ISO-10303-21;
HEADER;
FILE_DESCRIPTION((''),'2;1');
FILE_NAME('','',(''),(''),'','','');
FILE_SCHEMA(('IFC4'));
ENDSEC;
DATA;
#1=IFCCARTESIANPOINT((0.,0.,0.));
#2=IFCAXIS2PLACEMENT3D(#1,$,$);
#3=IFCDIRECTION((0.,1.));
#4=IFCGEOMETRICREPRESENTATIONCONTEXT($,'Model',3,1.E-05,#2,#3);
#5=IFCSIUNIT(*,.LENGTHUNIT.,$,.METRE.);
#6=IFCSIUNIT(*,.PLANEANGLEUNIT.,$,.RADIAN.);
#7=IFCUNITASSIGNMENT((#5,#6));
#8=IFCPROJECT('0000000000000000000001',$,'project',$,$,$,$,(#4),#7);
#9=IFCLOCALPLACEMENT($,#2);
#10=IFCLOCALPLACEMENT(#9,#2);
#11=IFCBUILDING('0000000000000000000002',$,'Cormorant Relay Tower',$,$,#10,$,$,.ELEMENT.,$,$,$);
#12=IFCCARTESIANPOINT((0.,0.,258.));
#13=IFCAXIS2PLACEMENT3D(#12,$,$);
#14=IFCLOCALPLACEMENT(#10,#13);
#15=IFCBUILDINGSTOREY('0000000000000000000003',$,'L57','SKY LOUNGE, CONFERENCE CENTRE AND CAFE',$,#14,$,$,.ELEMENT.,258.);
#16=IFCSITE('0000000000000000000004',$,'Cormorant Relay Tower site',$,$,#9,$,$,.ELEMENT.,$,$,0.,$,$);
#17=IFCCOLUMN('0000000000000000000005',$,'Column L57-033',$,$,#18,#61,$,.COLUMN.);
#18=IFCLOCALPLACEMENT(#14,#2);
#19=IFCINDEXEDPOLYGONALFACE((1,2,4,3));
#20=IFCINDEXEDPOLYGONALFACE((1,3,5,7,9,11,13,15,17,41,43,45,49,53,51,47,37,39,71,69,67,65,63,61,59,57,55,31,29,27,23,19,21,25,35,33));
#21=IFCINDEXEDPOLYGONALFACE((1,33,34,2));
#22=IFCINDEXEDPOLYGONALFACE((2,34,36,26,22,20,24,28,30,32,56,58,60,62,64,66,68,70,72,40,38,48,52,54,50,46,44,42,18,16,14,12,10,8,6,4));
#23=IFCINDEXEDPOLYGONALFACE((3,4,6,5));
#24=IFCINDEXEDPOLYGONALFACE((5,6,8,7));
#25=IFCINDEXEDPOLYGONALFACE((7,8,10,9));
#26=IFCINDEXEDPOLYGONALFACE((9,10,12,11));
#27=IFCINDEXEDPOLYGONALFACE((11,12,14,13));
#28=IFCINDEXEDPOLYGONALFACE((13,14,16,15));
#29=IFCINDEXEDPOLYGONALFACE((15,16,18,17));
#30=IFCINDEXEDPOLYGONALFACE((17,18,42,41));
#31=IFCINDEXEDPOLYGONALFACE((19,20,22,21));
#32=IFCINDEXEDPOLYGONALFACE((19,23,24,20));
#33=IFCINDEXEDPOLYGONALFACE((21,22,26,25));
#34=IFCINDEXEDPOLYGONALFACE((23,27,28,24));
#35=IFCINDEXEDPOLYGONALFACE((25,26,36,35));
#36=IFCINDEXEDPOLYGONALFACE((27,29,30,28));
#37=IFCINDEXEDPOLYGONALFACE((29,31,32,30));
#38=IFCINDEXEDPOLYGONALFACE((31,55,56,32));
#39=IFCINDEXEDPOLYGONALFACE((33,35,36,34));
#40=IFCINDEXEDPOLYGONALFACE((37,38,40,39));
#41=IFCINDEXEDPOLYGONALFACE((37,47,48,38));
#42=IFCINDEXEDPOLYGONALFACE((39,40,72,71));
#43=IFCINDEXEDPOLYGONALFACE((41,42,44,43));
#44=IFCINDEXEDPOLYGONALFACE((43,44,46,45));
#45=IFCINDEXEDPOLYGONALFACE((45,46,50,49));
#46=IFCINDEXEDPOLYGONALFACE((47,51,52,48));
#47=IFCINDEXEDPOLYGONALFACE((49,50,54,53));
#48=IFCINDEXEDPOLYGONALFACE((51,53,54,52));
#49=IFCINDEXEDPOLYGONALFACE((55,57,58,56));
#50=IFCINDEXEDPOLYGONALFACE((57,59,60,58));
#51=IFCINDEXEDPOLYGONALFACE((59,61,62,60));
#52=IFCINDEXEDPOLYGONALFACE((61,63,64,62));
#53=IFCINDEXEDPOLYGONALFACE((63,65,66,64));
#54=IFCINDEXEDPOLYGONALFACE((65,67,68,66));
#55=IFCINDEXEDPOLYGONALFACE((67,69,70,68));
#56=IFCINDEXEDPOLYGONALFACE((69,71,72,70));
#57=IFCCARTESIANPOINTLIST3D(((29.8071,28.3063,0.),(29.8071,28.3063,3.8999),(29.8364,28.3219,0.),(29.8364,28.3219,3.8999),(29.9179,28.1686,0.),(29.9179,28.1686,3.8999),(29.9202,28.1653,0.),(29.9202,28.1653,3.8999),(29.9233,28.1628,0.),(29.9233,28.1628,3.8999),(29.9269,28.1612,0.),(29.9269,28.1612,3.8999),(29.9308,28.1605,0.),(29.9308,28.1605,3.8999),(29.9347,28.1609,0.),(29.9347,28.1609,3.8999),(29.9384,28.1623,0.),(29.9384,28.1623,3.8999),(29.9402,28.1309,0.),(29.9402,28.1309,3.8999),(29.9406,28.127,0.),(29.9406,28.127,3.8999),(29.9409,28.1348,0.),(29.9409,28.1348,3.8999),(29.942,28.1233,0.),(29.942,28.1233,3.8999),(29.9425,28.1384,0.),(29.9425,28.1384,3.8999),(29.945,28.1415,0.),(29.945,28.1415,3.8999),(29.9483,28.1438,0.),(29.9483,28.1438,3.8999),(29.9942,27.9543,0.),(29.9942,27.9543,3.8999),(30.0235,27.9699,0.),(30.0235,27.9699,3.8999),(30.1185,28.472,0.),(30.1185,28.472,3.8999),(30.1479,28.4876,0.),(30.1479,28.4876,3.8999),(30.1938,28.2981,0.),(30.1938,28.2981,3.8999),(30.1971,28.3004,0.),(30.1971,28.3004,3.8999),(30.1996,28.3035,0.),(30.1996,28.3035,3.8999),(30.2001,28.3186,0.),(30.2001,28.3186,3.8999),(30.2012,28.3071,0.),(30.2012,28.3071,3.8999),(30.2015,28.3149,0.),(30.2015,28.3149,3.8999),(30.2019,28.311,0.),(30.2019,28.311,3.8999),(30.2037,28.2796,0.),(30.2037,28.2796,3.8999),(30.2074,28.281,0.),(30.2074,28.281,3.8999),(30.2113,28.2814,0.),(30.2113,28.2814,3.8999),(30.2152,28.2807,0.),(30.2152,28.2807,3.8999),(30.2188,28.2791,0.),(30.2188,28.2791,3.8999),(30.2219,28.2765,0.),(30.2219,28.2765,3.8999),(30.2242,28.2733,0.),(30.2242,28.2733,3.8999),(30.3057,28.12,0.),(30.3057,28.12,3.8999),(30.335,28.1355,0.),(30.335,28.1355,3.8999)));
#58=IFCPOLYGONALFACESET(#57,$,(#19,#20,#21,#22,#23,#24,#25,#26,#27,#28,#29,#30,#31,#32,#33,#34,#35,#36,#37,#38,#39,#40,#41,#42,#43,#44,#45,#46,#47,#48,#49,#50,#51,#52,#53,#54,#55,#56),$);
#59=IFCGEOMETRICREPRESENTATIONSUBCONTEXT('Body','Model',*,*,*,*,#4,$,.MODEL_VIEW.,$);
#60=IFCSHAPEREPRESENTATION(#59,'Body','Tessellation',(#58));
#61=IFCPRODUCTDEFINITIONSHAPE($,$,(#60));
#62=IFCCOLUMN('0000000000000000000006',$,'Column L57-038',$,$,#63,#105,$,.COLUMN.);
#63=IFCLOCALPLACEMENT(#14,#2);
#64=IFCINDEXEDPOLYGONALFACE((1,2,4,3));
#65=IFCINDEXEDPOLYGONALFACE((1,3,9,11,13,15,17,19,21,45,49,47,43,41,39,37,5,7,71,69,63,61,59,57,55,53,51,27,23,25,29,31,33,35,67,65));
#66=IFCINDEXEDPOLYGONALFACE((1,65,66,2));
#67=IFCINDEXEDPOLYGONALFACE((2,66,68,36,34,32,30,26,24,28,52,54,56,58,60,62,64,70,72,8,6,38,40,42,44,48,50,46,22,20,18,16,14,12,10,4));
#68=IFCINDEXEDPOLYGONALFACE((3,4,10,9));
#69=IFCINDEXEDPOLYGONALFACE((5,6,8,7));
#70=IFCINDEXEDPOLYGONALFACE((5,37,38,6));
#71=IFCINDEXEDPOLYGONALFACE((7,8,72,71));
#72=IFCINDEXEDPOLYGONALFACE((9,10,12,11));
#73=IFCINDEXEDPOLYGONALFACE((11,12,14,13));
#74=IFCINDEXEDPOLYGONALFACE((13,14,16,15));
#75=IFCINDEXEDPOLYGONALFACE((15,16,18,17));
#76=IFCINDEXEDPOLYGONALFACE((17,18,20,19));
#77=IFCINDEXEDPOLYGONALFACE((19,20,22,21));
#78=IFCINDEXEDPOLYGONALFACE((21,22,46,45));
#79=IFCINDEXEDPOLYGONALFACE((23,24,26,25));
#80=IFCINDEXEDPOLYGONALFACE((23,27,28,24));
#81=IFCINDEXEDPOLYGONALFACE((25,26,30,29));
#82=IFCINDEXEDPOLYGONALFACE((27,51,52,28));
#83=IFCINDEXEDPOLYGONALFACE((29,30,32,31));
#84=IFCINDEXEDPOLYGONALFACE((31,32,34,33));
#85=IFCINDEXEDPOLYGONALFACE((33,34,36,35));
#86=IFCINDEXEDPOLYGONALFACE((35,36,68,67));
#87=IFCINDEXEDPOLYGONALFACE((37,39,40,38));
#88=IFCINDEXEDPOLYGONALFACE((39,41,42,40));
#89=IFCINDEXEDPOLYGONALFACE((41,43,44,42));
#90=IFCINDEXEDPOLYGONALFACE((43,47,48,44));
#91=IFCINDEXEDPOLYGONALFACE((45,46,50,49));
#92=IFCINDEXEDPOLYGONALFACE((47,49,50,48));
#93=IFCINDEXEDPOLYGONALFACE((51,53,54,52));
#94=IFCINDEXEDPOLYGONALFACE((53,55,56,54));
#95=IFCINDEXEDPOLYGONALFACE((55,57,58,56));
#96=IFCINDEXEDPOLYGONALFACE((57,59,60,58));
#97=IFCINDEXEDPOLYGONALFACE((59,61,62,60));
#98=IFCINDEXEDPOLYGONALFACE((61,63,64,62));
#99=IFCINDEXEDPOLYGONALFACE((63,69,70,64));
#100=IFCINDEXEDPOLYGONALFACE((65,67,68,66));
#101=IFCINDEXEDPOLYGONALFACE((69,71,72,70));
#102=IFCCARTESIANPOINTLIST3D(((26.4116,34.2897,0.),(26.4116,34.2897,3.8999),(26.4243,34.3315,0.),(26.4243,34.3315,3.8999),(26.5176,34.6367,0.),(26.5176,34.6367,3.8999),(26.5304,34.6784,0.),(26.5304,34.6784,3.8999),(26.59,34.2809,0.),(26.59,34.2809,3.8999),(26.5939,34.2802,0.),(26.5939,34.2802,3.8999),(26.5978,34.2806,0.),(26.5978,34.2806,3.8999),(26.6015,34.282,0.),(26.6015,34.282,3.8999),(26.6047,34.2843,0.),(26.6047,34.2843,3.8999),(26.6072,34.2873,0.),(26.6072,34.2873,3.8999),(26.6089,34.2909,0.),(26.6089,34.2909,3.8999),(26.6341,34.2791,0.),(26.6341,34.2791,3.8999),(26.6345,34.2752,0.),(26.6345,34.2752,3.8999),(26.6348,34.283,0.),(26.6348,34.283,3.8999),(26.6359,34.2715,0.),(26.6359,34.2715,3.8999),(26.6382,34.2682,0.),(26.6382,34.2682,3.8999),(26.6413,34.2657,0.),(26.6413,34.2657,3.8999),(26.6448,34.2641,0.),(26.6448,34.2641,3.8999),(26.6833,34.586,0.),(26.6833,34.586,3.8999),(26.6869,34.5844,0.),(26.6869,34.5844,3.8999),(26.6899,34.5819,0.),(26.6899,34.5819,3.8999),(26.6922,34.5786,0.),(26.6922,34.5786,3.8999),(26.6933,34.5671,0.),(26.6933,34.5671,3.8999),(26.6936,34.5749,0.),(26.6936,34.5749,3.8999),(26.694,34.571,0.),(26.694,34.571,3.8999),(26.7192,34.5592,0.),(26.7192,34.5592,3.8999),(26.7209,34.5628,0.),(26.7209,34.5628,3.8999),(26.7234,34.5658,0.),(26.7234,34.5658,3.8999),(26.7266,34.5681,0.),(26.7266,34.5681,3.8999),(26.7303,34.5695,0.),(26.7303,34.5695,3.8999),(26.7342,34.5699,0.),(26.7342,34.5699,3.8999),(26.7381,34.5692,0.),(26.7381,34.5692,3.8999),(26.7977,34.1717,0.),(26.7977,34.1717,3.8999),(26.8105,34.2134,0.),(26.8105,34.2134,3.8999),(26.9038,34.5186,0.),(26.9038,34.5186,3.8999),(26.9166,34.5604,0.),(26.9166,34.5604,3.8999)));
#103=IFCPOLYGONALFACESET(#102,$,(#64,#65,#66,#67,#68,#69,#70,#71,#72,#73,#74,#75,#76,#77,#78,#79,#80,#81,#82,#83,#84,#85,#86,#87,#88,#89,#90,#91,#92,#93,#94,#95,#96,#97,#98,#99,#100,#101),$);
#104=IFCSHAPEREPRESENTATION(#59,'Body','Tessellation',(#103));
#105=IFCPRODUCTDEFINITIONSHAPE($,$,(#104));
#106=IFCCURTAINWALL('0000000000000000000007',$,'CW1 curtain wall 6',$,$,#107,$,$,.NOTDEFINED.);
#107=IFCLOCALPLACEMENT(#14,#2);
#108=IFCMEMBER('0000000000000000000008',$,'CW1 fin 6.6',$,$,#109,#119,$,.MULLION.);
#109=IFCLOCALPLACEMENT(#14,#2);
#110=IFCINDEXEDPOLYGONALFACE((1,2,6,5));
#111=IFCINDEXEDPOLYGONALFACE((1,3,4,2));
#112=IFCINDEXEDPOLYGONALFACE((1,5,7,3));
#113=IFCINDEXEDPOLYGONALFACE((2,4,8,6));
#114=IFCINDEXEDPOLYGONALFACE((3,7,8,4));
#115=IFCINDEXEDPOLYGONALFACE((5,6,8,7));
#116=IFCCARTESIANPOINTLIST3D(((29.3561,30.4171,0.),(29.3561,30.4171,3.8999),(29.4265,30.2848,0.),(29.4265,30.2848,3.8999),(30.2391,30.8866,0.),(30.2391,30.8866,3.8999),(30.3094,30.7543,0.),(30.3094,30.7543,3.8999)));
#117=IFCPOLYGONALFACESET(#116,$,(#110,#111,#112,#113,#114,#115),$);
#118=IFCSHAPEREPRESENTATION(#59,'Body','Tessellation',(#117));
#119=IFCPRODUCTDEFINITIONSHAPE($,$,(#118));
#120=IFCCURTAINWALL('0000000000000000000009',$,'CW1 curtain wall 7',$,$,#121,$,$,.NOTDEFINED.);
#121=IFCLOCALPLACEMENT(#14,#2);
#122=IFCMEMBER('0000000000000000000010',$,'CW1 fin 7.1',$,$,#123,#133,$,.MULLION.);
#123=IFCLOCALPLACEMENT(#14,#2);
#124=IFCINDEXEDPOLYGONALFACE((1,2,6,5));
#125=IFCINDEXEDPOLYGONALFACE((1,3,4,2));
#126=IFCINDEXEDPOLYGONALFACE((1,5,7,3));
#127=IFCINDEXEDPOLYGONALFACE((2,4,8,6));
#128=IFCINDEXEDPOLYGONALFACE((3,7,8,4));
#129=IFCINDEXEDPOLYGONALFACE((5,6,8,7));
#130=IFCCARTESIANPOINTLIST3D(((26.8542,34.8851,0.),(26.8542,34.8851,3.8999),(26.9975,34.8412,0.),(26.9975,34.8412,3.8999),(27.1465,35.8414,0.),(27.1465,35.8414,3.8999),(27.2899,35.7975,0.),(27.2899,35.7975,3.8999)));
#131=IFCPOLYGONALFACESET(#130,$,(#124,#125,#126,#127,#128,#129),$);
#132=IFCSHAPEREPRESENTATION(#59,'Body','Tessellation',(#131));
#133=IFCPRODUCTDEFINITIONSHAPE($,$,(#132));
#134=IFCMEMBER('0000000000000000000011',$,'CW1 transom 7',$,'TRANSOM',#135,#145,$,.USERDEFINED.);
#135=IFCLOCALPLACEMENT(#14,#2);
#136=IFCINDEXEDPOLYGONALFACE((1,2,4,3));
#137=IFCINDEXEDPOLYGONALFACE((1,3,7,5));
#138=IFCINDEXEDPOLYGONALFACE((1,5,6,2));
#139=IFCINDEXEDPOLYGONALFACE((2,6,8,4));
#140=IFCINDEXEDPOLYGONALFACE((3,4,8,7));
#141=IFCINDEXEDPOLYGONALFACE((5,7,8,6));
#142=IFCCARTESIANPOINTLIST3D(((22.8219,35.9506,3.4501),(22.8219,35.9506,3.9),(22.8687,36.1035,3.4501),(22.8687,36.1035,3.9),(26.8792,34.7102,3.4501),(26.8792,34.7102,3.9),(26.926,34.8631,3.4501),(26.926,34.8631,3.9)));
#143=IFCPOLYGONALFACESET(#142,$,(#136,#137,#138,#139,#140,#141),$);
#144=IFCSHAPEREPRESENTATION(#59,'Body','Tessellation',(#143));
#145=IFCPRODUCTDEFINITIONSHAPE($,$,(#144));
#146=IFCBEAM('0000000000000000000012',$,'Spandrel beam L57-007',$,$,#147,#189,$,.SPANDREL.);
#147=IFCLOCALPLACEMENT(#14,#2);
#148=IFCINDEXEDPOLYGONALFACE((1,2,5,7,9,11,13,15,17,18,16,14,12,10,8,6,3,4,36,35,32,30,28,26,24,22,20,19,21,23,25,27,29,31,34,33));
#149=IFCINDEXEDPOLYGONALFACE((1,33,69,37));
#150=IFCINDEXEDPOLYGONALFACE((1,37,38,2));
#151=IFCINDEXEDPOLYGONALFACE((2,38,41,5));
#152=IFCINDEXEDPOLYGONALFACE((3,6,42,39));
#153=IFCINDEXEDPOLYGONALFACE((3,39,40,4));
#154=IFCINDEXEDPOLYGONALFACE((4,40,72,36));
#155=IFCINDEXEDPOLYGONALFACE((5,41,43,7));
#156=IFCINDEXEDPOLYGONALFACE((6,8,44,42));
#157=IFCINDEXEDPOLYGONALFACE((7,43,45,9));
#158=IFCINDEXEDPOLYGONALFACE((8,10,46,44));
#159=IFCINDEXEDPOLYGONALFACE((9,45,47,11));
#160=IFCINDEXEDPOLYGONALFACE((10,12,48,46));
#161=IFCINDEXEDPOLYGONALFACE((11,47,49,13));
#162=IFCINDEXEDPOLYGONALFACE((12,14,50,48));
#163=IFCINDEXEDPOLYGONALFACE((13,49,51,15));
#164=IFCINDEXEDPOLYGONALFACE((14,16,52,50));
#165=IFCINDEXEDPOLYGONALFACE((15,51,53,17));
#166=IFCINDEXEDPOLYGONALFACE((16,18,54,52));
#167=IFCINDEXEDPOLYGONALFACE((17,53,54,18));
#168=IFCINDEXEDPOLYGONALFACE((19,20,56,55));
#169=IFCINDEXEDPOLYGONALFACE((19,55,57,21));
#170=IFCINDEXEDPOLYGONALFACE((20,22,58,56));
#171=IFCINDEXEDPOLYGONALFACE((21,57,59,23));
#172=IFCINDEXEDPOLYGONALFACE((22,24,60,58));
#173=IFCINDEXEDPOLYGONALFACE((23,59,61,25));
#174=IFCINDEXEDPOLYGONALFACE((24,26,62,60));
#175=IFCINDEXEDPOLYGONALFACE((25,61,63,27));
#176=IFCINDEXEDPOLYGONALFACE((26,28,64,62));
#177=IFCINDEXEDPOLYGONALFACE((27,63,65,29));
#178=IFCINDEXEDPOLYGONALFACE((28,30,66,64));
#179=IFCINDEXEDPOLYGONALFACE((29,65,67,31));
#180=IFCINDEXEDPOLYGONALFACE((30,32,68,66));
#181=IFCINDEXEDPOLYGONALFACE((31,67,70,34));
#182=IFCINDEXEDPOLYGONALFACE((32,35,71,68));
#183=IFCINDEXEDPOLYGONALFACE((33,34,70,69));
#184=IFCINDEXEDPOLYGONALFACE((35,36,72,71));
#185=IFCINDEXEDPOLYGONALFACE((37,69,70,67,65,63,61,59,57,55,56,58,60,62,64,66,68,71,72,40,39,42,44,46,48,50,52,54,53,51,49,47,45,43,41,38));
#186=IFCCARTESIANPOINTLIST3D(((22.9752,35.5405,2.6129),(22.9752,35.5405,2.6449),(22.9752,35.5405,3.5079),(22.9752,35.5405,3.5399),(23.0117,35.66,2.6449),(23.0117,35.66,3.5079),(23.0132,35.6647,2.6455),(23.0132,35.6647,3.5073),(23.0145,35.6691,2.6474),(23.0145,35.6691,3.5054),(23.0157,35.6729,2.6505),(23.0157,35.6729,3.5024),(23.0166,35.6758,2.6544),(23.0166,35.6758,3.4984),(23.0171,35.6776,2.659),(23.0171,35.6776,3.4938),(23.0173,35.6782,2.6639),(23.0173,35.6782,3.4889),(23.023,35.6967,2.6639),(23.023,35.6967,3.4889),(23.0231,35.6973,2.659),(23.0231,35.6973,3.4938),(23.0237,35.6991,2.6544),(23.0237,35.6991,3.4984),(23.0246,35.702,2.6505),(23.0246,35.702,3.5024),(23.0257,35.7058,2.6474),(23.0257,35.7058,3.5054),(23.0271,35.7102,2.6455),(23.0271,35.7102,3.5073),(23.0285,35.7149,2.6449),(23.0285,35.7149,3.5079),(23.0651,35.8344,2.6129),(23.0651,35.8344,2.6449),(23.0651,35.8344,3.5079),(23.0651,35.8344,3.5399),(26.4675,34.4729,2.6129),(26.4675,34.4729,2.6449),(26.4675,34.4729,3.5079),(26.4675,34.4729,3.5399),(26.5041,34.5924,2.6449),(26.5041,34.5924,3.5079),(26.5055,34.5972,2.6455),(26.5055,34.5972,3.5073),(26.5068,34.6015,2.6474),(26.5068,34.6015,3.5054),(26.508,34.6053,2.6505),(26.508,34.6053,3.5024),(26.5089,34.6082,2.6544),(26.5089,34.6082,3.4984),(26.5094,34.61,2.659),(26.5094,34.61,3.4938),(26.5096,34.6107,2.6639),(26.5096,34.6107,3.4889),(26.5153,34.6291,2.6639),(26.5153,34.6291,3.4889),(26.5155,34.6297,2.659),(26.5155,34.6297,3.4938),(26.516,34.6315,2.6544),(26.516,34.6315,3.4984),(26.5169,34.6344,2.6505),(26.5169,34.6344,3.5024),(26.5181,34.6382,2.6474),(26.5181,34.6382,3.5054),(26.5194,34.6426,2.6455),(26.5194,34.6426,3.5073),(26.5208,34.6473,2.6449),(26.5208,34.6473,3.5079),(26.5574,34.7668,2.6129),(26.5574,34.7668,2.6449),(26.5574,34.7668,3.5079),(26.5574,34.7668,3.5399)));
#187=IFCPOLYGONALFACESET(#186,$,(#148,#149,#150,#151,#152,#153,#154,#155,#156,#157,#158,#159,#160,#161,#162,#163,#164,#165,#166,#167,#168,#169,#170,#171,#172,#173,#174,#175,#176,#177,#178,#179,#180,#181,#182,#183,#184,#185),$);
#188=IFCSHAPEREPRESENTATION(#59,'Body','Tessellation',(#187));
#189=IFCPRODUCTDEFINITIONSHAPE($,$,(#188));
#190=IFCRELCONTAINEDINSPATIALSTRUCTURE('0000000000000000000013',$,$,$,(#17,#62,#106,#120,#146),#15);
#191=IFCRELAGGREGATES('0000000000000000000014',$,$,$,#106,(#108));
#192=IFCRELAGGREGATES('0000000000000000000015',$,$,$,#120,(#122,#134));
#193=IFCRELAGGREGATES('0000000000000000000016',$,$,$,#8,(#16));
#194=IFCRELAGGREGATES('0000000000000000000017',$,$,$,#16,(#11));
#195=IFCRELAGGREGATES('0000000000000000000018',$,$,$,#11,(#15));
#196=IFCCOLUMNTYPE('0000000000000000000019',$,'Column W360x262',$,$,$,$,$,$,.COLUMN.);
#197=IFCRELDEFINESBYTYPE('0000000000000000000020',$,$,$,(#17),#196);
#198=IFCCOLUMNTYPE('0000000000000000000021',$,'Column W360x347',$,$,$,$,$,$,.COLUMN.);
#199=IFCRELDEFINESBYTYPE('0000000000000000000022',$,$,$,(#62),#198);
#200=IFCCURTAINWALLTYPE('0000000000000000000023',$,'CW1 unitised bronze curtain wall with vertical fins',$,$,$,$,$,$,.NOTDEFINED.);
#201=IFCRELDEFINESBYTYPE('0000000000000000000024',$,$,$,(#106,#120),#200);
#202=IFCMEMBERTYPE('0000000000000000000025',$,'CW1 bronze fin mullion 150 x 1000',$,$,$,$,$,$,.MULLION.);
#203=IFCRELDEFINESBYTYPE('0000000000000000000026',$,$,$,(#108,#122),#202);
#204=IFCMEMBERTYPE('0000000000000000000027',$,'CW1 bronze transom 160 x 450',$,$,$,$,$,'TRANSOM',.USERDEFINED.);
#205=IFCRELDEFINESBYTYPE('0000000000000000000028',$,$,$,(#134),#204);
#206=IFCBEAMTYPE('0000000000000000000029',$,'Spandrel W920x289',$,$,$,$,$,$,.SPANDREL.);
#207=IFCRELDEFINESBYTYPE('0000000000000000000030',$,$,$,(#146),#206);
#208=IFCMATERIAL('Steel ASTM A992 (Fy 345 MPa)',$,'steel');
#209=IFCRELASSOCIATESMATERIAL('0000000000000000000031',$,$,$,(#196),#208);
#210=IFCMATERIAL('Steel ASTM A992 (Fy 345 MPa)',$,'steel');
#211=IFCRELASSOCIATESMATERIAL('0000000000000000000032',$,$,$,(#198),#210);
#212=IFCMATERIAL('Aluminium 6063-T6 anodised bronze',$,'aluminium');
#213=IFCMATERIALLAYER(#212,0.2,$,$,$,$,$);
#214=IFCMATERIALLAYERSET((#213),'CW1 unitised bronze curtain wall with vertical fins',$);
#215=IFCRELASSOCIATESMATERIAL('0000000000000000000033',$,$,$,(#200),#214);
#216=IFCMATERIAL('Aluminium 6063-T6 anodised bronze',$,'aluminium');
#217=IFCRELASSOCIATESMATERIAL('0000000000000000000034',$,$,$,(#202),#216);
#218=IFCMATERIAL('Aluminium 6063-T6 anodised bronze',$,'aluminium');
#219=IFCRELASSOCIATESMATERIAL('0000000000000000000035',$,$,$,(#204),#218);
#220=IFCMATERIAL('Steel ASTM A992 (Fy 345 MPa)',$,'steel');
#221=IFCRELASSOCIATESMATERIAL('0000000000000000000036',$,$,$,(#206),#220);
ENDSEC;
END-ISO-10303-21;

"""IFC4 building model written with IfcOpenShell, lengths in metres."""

from ifc_helpers import new_model, si_unit, direction, frame, origin, origin_2d, place, context, subcontext, project, spatial, rectangle, i_section, extrude, material, layer, layer_set, material_profile, profile_set, type_object, element, aggregate, save


model = new_model("IFC4")

# Units and contexts
model_context = context("Model", 3, precision=1e-05, world=origin(), true_north=direction((0.0, 1.0)))
body_context = subcontext(model_context, "Body", "Model", "MODEL_VIEW")
ifc_project = project(units=[si_unit("LENGTHUNIT", "METRE"), si_unit("PLANEANGLEUNIT", "RADIAN")], contexts=[model_context])

# Site, building, storey
site_placement = place(None, origin())
site = spatial("IfcSite", under=ifc_project, at=site_placement, Name="Cormorant Relay Tower site", CompositionType="ELEMENT", RefElevation=0.0)
building_placement = place(site_placement, origin())
building = spatial("IfcBuilding", under=site, at=building_placement, Name="Cormorant Relay Tower", CompositionType="ELEMENT")
storey_placement = place(building_placement, frame((0.0, 0.0, 258.0)))
storey = spatial("IfcBuildingStorey", under=building, at=storey_placement, Name="L57", Description="SKY LOUNGE, CONFERENCE CENTRE AND CAFE", CompositionType="ELEMENT", Elevation=258.0)

# Columns
ifc_material_1 = material(Name="Steel ASTM A992 (Fy 345 MPa)", Category="steel")
ifc_material_profile_1 = material_profile(ifc_material_1, i_section(OverallWidth=0.3987, OverallDepth=0.386, WebThickness=0.021, FlangeThickness=0.0332, FilletRadius=0.0151, at=origin_2d()), Name="W360x262")
ifc_profile_set_1 = profile_set([ifc_material_profile_1], Name="Steel ASTM A992 (Fy 345 MPa)")
column_type_1 = type_object("IfcColumnType", Name="Column W360x262", PredefinedType="COLUMN", material=ifc_profile_set_1)
column_1_placement = place(storey_placement, frame((30.071, 28.2209, 0.0), z_axis=(0.0, 0.0, 1.0), x_axis=(-0.469472, 0.882948, 0.0)))
element("IfcColumn", 1, at=column_1_placement, inside=storey, type_object=column_type_1, Name="Column L57-033", PredefinedType="COLUMN", context=body_context, shape_type="SweptSolid", body=[
    extrude(i_section(OverallWidth=0.3987, OverallDepth=0.386, WebThickness=0.021, FlangeThickness=0.0332, FilletRadius=0.0151, at=origin_2d()), origin(), (0.0, 0.0, 1.0), 3.8999),
])
ifc_material_2 = material(Name="Steel ASTM A992 (Fy 345 MPa)", Category="steel")
ifc_material_profile_2 = material_profile(ifc_material_2, i_section(OverallWidth=0.4038, OverallDepth=0.4065, WebThickness=0.0271, FlangeThickness=0.0437, FilletRadius=0.0151, at=origin_2d()), Name="W360x347")
ifc_profile_set_2 = profile_set([ifc_material_profile_2], Name="Steel ASTM A992 (Fy 345 MPa)")
column_type_2 = type_object("IfcColumnType", Name="Column W360x347", PredefinedType="COLUMN", material=ifc_profile_set_2)
column_2_placement = place(storey_placement, frame((26.6641, 34.425, 0.0), z_axis=(0.0, 0.0, 1.0), x_axis=(-0.956305, 0.292372, 0.0)))
element("IfcColumn", 2, at=column_2_placement, inside=storey, type_object=column_type_2, Name="Column L57-038", PredefinedType="COLUMN", context=body_context, shape_type="SweptSolid", body=[
    extrude(i_section(OverallWidth=0.4038, OverallDepth=0.4065, WebThickness=0.0271, FlangeThickness=0.0437, FilletRadius=0.0151, at=origin_2d()), origin(), (0.0, 0.0, 1.0), 3.8999),
])

# Curtain wall, member
ifc_material_3 = material(Name="Aluminium 6063-T6 anodised bronze", Category="aluminium")
ifc_layer_1 = layer(ifc_material_3, 0.2)
ifc_layer_set_1 = layer_set([ifc_layer_1], Name="CW1 unitised bronze curtain wall with vertical fins")
curtain_wall_type = type_object("IfcCurtainWallType", Name="CW1 unitised bronze curtain wall with vertical fins", PredefinedType="NOTDEFINED", material=ifc_layer_set_1)
curtain_wall_1_placement = place(storey_placement, origin())
curtain_wall_1 = element("IfcCurtainWall", 3, at=curtain_wall_1_placement, inside=storey, type_object=curtain_wall_type, Name="CW1 curtain wall 6", PredefinedType="NOTDEFINED")
ifc_material_4 = material(Name="Aluminium 6063-T6 anodised bronze", Category="aluminium")
ifc_material_profile_3 = material_profile(ifc_material_4, rectangle(XDim=0.1499, YDim=1.0, at=origin_2d()), Name="AL 150x1000")
ifc_profile_set_3 = profile_set([ifc_material_profile_3], Name="Aluminium 6063-T6 anodised bronze")
member_type_1 = type_object("IfcMemberType", Name="CW1 bronze fin mullion 150 x 1000", PredefinedType="MULLION", material=ifc_profile_set_3)
member_1_placement = place(storey_placement, frame((29.8328, 30.5857, 0.0), z_axis=(0.0, 0.0, 1.0), x_axis=(-0.469472, 0.882948, 0.0)))
member_1 = element("IfcMember", 4, at=member_1_placement, type_object=member_type_1, Name="CW1 fin 6.6", PredefinedType="MULLION", context=body_context, shape_type="SweptSolid", body=[
    extrude(rectangle(XDim=0.1499, YDim=1.0, at=origin_2d()), origin(), (0.0, 0.0, 1.0), 3.8999),
])

# Curtain wall, members
curtain_wall_2_placement = place(storey_placement, origin())
curtain_wall_2 = element("IfcCurtainWall", 5, at=curtain_wall_2_placement, inside=storey, type_object=curtain_wall_type, Name="CW1 curtain wall 7", PredefinedType="NOTDEFINED")
member_2_placement = place(storey_placement, frame((27.072, 35.3413, 0.0), z_axis=(0.0, 0.0, 1.0), x_axis=(-0.956305, 0.292372, 0.0)))
member_2 = element("IfcMember", 6, at=member_2_placement, type_object=member_type_1, Name="CW1 fin 7.1", PredefinedType="MULLION", context=body_context, shape_type="SweptSolid", body=[
    extrude(rectangle(XDim=0.1499, YDim=1.0, at=origin_2d()), origin(), (0.0, 0.0, 1.0), 3.8999),
])
ifc_material_5 = material(Name="Aluminium 6063-T6 anodised bronze", Category="aluminium")
ifc_material_profile_4 = material_profile(ifc_material_5, rectangle(XDim=0.1599, YDim=0.45, at=origin_2d()), Name="AL 160x450")
ifc_profile_set_4 = profile_set([ifc_material_profile_4], Name="Aluminium 6063-T6 anodised bronze")
member_type_2 = type_object("IfcMemberType", Name="CW1 bronze transom 160 x 450", ElementType="TRANSOM", PredefinedType="USERDEFINED", material=ifc_profile_set_4)
member_3_placement = place(storey_placement, frame((26.9026, 34.7866, 3.675), z_axis=(-0.956304, 0.292375, 0.0), x_axis=(-0.292375, -0.956304, 0.0)))
member_3 = element("IfcMember", 7, at=member_3_placement, type_object=member_type_2, Name="CW1 transom 7", ObjectType="TRANSOM", PredefinedType="USERDEFINED", context=body_context, shape_type="SweptSolid", body=[
    extrude(rectangle(XDim=0.1599, YDim=0.45, at=origin_2d()), origin(), (0.0, 0.0, 1.0), 4.2427),
])

# Beam
ifc_material_6 = material(Name="Steel ASTM A992 (Fy 345 MPa)", Category="steel")
ifc_material_profile_5 = material_profile(ifc_material_6, i_section(OverallWidth=0.3074, OverallDepth=0.927, WebThickness=0.0193, FlangeThickness=0.032, FilletRadius=0.019, at=origin_2d()), Name="W920x289")
ifc_profile_set_5 = profile_set([ifc_material_profile_5], Name="Steel ASTM A992 (Fy 345 MPa)")
beam_type = type_object("IfcBeamType", Name="Spandrel W920x289", PredefinedType="SPANDREL", material=ifc_profile_set_5)
beam_placement = place(storey_placement, frame((26.5125, 34.6199, 3.0764), z_axis=(-0.956314, 0.292343, 0.0), x_axis=(-0.292343, -0.956314, 0.0)))
element("IfcBeam", 8, at=beam_placement, inside=storey, type_object=beam_type, Name="Spandrel beam L57-007", PredefinedType="SPANDREL", context=body_context, shape_type="SweptSolid", body=[
    extrude(i_section(OverallWidth=0.3074, OverallDepth=0.927, WebThickness=0.0193, FlangeThickness=0.032, FilletRadius=0.019, at=origin_2d()), origin(), (0.0, 0.0, 1.0), 3.6519),
])

aggregate(curtain_wall_1, [member_1])
aggregate(curtain_wall_2, [member_2, member_3])

save(model, "model.ifc")
